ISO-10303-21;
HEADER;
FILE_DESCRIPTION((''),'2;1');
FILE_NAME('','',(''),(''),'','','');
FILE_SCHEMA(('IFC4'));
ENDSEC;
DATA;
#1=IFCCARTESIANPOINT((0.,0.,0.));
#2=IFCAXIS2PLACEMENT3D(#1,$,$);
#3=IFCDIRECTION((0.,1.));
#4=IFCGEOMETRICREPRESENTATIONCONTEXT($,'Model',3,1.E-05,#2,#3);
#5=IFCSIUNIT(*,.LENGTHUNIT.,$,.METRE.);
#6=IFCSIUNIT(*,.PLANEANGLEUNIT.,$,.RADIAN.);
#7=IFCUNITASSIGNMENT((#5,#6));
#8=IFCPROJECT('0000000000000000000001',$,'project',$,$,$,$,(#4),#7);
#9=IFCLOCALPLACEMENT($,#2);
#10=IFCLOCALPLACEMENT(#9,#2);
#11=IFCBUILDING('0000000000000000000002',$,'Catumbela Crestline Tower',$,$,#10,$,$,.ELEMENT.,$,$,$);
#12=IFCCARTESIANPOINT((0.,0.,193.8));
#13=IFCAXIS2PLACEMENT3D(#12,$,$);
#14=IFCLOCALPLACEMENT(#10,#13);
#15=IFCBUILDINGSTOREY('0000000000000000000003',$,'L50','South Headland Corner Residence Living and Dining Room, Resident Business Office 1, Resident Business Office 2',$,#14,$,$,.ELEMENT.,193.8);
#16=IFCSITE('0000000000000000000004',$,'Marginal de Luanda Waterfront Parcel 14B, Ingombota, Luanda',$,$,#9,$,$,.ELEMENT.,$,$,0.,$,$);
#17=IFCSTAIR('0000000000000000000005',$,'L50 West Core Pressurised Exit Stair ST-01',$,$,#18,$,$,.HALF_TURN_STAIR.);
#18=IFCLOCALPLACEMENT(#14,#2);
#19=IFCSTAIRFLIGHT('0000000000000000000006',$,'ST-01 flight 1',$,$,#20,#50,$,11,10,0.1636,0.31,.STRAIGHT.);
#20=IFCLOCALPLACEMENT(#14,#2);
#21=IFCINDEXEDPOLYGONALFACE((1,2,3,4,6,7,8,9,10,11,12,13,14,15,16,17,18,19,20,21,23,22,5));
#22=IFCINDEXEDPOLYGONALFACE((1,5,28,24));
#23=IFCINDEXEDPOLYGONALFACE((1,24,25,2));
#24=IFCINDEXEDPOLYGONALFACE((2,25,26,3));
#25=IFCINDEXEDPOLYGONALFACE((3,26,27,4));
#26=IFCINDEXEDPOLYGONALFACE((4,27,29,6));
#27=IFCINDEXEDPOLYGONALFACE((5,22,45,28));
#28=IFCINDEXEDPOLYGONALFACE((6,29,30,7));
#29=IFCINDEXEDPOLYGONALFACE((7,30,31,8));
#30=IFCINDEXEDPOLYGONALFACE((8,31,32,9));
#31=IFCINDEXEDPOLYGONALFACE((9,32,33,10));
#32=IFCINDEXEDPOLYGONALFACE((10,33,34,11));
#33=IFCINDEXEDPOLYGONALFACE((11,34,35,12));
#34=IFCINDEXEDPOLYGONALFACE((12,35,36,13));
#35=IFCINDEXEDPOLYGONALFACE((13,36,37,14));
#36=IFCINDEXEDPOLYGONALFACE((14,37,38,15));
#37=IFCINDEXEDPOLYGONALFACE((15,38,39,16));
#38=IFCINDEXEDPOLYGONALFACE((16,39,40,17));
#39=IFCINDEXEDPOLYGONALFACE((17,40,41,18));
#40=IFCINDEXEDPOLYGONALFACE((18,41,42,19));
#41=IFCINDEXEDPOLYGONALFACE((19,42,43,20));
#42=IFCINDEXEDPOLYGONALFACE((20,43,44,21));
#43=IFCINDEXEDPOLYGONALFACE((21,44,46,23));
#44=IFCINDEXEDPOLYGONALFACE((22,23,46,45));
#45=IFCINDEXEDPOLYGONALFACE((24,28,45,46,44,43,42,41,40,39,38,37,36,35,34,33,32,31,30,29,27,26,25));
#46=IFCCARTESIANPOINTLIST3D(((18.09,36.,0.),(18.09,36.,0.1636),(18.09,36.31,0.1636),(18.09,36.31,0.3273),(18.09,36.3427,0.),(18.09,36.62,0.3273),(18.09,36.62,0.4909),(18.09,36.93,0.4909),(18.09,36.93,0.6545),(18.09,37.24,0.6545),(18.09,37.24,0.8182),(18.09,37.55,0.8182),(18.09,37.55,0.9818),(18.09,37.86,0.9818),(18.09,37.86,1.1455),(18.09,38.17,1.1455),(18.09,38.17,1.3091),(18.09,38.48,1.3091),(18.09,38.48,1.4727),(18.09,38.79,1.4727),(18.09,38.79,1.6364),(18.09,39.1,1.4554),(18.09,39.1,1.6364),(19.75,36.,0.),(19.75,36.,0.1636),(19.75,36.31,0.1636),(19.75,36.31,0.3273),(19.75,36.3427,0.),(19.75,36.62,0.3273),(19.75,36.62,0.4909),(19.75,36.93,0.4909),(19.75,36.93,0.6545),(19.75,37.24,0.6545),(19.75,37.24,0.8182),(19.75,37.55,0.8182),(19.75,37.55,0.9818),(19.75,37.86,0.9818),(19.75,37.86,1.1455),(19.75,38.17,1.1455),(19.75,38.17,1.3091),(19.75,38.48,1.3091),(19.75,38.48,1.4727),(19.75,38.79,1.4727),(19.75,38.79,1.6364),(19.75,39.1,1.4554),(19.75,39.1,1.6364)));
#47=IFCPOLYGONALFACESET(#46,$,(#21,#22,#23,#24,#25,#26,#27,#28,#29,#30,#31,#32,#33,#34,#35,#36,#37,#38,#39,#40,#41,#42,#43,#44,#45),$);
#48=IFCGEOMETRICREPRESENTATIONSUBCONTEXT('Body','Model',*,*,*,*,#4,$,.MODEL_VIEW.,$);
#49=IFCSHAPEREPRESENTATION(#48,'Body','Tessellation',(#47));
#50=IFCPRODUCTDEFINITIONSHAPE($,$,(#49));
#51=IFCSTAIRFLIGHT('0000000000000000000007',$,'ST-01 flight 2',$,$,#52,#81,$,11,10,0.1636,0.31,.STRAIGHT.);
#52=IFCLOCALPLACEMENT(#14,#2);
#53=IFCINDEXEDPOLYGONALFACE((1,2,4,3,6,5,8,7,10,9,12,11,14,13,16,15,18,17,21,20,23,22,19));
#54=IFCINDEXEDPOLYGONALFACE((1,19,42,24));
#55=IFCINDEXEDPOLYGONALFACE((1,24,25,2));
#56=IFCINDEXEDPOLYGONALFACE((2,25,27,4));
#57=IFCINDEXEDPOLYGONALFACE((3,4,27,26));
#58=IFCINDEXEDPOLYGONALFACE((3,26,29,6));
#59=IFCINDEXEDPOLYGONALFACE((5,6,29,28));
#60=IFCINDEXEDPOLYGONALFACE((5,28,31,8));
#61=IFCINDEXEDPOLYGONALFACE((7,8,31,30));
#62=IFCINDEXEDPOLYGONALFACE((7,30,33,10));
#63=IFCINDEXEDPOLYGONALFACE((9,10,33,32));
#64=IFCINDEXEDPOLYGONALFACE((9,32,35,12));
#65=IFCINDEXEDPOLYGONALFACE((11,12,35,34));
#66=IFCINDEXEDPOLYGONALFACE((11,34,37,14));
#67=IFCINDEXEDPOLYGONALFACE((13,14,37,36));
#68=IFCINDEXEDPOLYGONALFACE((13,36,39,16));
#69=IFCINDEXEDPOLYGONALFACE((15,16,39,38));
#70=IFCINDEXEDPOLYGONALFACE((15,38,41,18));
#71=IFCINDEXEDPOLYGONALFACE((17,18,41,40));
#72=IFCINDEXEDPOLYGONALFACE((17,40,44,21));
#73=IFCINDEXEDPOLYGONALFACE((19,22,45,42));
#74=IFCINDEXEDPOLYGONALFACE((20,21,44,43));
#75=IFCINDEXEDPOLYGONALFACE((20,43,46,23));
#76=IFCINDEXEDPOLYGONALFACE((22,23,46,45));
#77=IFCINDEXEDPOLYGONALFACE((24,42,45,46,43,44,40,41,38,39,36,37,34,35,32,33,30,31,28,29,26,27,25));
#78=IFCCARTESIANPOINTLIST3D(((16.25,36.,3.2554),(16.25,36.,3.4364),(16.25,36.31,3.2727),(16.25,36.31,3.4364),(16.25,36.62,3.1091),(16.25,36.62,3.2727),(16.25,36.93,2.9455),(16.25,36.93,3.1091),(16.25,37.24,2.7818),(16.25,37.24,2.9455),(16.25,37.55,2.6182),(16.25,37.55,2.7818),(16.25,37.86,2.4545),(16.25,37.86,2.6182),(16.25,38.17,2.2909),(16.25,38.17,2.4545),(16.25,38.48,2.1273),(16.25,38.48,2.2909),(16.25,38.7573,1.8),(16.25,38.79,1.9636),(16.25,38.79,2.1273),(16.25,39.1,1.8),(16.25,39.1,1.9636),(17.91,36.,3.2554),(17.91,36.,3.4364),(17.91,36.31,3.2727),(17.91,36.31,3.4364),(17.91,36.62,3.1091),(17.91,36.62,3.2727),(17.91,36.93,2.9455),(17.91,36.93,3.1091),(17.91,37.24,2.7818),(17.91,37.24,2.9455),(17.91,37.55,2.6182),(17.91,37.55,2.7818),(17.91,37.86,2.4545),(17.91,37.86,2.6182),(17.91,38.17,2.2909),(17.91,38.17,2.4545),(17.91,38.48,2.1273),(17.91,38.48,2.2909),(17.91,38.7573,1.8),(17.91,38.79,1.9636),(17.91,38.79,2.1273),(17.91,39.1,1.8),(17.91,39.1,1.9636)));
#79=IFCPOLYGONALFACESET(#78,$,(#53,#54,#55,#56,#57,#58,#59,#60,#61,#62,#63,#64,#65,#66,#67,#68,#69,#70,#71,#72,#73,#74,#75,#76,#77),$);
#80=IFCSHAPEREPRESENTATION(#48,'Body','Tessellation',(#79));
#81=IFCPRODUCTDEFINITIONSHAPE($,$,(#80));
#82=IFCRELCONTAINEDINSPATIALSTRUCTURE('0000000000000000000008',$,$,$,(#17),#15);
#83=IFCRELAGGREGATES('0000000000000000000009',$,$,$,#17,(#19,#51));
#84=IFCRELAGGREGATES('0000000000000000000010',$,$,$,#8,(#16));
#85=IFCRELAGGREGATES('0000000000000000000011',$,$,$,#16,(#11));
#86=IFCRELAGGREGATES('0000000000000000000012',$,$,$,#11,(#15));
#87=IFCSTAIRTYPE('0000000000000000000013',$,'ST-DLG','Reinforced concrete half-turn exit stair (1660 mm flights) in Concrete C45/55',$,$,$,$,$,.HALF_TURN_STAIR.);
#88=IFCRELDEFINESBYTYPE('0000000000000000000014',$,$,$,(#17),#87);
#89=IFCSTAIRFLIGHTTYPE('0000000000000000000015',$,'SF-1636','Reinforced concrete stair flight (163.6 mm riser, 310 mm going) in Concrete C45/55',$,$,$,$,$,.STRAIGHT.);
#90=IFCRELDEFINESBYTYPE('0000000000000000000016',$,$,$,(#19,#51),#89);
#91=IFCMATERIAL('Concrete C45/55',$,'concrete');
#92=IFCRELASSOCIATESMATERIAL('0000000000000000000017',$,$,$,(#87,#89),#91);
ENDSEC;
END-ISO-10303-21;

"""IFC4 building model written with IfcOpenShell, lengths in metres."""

from ifc_helpers import new_model, si_unit, direction, frame, origin, place, context, subcontext, project, spatial, polyline, outline, extrude, material, type_object, element, aggregate, save


model = new_model("IFC4")

# Units and contexts
model_context = context("Model", 3, precision=1e-05, world=origin(), true_north=direction((0.0, 1.0)))
body_context = subcontext(model_context, "Body", "Model", "MODEL_VIEW")
ifc_project = project(units=[si_unit("LENGTHUNIT", "METRE"), si_unit("PLANEANGLEUNIT", "RADIAN")], contexts=[model_context])

# Site, building, storey
site_placement = place(None, origin())
site = spatial("IfcSite", under=ifc_project, at=site_placement, Name="Marginal de Luanda Waterfront Parcel 14B, Ingombota, Luanda", CompositionType="ELEMENT", RefElevation=0.0)
building_placement = place(site_placement, origin())
building = spatial("IfcBuilding", under=site, at=building_placement, Name="Catumbela Crestline Tower", CompositionType="ELEMENT")
storey_placement = place(building_placement, frame((0.0, 0.0, 193.8)))
storey = spatial("IfcBuildingStorey", under=building, at=storey_placement, Name="L50", Description="South Headland Corner Residence Living and Dining Room, Resident Business Office 1, Resident Business Office 2", CompositionType="ELEMENT", Elevation=193.8)

# Stair, stair flights
ifc_material_1 = material(Name="Concrete C45/55", Category="concrete")
stair_type = type_object("IfcStairType", Name="ST-DLG", Description="Reinforced concrete half-turn exit stair (1660 mm flights) in Concrete C45/55", PredefinedType="HALF_TURN_STAIR", material=ifc_material_1)
stair_placement = place(storey_placement, origin())
stair = element("IfcStair", 1, at=stair_placement, inside=storey, type_object=stair_type, Name="L50 West Core Pressurised Exit Stair ST-01", PredefinedType="HALF_TURN_STAIR")
stair_flight_type = type_object("IfcStairFlightType", Name="SF-1636", Description="Reinforced concrete stair flight (163.6 mm riser, 310 mm going) in Concrete C45/55", PredefinedType="STRAIGHT", material=ifc_material_1)
stair_flight_1_placement = place(storey_placement, frame((18.92, 36.0, 0.0), z_axis=(0.0, 0.0, 1.0), x_axis=(0.0, 1.0, 0.0)))
stair_flight_1 = element("IfcStairFlight", 2, at=stair_flight_1_placement, type_object=stair_flight_type, Name="ST-01 flight 1", NumberOfRisers=11, NumberOfTreads=10, PredefinedType="STRAIGHT", RiserHeight=0.1636, TreadLength=0.31, context=body_context, shape_type="SweptSolid", body=[
    extrude(outline(polyline([(0.0, 0.0), (0.0, 0.1636), (0.31, 0.1636), (0.31, 0.3273), (0.62, 0.3273), (0.62, 0.4909), (0.93, 0.4909), (0.93, 0.6545), (1.24, 0.6545), (1.24, 0.8182), (1.55, 0.8182), (1.55, 0.9818), (1.86, 0.9818), (1.86, 1.1455), (2.17, 1.1455), (2.17, 1.3091), (2.48, 1.3091), (2.48, 1.4727), (2.79, 1.4727), (2.79, 1.6364), (3.1, 1.6364), (3.1, 1.8), (3.1, 1.4554), (0.3427, 0.0), (0.0, 0.0)])), frame((0.0, 0.83, 0.0), z_axis=(0.0, -1.0, 0.0), x_axis=(1.0, 0.0, 0.0)), (0.0, 0.0, 1.0), 1.66),
])
stair_flight_2_placement = place(storey_placement, frame((17.08, 39.1, 1.8), z_axis=(0.0, 0.0, 1.0), x_axis=(0.0, -1.0, 0.0)))
stair_flight_2 = element("IfcStairFlight", 3, at=stair_flight_2_placement, type_object=stair_flight_type, Name="ST-01 flight 2", NumberOfRisers=11, NumberOfTreads=10, PredefinedType="STRAIGHT", RiserHeight=0.1636, TreadLength=0.31, context=body_context, shape_type="SweptSolid", body=[
    extrude(outline(polyline([(0.0, 0.0), (0.0, 0.1636), (0.31, 0.1636), (0.31, 0.3273), (0.62, 0.3273), (0.62, 0.4909), (0.93, 0.4909), (0.93, 0.6545), (1.24, 0.6545), (1.24, 0.8182), (1.55, 0.8182), (1.55, 0.9818), (1.86, 0.9818), (1.86, 1.1455), (2.17, 1.1455), (2.17, 1.3091), (2.48, 1.3091), (2.48, 1.4727), (2.79, 1.4727), (2.79, 1.6364), (3.1, 1.6364), (3.1, 1.8), (3.1, 1.4554), (0.3427, 0.0), (0.0, 0.0)])), frame((0.0, 0.83, 0.0), z_axis=(0.0, -1.0, 0.0), x_axis=(1.0, 0.0, 0.0)), (0.0, 0.0, 1.0), 1.66),
])
aggregate(stair, [stair_flight_1, stair_flight_2])

save(model, "model.ifc")
